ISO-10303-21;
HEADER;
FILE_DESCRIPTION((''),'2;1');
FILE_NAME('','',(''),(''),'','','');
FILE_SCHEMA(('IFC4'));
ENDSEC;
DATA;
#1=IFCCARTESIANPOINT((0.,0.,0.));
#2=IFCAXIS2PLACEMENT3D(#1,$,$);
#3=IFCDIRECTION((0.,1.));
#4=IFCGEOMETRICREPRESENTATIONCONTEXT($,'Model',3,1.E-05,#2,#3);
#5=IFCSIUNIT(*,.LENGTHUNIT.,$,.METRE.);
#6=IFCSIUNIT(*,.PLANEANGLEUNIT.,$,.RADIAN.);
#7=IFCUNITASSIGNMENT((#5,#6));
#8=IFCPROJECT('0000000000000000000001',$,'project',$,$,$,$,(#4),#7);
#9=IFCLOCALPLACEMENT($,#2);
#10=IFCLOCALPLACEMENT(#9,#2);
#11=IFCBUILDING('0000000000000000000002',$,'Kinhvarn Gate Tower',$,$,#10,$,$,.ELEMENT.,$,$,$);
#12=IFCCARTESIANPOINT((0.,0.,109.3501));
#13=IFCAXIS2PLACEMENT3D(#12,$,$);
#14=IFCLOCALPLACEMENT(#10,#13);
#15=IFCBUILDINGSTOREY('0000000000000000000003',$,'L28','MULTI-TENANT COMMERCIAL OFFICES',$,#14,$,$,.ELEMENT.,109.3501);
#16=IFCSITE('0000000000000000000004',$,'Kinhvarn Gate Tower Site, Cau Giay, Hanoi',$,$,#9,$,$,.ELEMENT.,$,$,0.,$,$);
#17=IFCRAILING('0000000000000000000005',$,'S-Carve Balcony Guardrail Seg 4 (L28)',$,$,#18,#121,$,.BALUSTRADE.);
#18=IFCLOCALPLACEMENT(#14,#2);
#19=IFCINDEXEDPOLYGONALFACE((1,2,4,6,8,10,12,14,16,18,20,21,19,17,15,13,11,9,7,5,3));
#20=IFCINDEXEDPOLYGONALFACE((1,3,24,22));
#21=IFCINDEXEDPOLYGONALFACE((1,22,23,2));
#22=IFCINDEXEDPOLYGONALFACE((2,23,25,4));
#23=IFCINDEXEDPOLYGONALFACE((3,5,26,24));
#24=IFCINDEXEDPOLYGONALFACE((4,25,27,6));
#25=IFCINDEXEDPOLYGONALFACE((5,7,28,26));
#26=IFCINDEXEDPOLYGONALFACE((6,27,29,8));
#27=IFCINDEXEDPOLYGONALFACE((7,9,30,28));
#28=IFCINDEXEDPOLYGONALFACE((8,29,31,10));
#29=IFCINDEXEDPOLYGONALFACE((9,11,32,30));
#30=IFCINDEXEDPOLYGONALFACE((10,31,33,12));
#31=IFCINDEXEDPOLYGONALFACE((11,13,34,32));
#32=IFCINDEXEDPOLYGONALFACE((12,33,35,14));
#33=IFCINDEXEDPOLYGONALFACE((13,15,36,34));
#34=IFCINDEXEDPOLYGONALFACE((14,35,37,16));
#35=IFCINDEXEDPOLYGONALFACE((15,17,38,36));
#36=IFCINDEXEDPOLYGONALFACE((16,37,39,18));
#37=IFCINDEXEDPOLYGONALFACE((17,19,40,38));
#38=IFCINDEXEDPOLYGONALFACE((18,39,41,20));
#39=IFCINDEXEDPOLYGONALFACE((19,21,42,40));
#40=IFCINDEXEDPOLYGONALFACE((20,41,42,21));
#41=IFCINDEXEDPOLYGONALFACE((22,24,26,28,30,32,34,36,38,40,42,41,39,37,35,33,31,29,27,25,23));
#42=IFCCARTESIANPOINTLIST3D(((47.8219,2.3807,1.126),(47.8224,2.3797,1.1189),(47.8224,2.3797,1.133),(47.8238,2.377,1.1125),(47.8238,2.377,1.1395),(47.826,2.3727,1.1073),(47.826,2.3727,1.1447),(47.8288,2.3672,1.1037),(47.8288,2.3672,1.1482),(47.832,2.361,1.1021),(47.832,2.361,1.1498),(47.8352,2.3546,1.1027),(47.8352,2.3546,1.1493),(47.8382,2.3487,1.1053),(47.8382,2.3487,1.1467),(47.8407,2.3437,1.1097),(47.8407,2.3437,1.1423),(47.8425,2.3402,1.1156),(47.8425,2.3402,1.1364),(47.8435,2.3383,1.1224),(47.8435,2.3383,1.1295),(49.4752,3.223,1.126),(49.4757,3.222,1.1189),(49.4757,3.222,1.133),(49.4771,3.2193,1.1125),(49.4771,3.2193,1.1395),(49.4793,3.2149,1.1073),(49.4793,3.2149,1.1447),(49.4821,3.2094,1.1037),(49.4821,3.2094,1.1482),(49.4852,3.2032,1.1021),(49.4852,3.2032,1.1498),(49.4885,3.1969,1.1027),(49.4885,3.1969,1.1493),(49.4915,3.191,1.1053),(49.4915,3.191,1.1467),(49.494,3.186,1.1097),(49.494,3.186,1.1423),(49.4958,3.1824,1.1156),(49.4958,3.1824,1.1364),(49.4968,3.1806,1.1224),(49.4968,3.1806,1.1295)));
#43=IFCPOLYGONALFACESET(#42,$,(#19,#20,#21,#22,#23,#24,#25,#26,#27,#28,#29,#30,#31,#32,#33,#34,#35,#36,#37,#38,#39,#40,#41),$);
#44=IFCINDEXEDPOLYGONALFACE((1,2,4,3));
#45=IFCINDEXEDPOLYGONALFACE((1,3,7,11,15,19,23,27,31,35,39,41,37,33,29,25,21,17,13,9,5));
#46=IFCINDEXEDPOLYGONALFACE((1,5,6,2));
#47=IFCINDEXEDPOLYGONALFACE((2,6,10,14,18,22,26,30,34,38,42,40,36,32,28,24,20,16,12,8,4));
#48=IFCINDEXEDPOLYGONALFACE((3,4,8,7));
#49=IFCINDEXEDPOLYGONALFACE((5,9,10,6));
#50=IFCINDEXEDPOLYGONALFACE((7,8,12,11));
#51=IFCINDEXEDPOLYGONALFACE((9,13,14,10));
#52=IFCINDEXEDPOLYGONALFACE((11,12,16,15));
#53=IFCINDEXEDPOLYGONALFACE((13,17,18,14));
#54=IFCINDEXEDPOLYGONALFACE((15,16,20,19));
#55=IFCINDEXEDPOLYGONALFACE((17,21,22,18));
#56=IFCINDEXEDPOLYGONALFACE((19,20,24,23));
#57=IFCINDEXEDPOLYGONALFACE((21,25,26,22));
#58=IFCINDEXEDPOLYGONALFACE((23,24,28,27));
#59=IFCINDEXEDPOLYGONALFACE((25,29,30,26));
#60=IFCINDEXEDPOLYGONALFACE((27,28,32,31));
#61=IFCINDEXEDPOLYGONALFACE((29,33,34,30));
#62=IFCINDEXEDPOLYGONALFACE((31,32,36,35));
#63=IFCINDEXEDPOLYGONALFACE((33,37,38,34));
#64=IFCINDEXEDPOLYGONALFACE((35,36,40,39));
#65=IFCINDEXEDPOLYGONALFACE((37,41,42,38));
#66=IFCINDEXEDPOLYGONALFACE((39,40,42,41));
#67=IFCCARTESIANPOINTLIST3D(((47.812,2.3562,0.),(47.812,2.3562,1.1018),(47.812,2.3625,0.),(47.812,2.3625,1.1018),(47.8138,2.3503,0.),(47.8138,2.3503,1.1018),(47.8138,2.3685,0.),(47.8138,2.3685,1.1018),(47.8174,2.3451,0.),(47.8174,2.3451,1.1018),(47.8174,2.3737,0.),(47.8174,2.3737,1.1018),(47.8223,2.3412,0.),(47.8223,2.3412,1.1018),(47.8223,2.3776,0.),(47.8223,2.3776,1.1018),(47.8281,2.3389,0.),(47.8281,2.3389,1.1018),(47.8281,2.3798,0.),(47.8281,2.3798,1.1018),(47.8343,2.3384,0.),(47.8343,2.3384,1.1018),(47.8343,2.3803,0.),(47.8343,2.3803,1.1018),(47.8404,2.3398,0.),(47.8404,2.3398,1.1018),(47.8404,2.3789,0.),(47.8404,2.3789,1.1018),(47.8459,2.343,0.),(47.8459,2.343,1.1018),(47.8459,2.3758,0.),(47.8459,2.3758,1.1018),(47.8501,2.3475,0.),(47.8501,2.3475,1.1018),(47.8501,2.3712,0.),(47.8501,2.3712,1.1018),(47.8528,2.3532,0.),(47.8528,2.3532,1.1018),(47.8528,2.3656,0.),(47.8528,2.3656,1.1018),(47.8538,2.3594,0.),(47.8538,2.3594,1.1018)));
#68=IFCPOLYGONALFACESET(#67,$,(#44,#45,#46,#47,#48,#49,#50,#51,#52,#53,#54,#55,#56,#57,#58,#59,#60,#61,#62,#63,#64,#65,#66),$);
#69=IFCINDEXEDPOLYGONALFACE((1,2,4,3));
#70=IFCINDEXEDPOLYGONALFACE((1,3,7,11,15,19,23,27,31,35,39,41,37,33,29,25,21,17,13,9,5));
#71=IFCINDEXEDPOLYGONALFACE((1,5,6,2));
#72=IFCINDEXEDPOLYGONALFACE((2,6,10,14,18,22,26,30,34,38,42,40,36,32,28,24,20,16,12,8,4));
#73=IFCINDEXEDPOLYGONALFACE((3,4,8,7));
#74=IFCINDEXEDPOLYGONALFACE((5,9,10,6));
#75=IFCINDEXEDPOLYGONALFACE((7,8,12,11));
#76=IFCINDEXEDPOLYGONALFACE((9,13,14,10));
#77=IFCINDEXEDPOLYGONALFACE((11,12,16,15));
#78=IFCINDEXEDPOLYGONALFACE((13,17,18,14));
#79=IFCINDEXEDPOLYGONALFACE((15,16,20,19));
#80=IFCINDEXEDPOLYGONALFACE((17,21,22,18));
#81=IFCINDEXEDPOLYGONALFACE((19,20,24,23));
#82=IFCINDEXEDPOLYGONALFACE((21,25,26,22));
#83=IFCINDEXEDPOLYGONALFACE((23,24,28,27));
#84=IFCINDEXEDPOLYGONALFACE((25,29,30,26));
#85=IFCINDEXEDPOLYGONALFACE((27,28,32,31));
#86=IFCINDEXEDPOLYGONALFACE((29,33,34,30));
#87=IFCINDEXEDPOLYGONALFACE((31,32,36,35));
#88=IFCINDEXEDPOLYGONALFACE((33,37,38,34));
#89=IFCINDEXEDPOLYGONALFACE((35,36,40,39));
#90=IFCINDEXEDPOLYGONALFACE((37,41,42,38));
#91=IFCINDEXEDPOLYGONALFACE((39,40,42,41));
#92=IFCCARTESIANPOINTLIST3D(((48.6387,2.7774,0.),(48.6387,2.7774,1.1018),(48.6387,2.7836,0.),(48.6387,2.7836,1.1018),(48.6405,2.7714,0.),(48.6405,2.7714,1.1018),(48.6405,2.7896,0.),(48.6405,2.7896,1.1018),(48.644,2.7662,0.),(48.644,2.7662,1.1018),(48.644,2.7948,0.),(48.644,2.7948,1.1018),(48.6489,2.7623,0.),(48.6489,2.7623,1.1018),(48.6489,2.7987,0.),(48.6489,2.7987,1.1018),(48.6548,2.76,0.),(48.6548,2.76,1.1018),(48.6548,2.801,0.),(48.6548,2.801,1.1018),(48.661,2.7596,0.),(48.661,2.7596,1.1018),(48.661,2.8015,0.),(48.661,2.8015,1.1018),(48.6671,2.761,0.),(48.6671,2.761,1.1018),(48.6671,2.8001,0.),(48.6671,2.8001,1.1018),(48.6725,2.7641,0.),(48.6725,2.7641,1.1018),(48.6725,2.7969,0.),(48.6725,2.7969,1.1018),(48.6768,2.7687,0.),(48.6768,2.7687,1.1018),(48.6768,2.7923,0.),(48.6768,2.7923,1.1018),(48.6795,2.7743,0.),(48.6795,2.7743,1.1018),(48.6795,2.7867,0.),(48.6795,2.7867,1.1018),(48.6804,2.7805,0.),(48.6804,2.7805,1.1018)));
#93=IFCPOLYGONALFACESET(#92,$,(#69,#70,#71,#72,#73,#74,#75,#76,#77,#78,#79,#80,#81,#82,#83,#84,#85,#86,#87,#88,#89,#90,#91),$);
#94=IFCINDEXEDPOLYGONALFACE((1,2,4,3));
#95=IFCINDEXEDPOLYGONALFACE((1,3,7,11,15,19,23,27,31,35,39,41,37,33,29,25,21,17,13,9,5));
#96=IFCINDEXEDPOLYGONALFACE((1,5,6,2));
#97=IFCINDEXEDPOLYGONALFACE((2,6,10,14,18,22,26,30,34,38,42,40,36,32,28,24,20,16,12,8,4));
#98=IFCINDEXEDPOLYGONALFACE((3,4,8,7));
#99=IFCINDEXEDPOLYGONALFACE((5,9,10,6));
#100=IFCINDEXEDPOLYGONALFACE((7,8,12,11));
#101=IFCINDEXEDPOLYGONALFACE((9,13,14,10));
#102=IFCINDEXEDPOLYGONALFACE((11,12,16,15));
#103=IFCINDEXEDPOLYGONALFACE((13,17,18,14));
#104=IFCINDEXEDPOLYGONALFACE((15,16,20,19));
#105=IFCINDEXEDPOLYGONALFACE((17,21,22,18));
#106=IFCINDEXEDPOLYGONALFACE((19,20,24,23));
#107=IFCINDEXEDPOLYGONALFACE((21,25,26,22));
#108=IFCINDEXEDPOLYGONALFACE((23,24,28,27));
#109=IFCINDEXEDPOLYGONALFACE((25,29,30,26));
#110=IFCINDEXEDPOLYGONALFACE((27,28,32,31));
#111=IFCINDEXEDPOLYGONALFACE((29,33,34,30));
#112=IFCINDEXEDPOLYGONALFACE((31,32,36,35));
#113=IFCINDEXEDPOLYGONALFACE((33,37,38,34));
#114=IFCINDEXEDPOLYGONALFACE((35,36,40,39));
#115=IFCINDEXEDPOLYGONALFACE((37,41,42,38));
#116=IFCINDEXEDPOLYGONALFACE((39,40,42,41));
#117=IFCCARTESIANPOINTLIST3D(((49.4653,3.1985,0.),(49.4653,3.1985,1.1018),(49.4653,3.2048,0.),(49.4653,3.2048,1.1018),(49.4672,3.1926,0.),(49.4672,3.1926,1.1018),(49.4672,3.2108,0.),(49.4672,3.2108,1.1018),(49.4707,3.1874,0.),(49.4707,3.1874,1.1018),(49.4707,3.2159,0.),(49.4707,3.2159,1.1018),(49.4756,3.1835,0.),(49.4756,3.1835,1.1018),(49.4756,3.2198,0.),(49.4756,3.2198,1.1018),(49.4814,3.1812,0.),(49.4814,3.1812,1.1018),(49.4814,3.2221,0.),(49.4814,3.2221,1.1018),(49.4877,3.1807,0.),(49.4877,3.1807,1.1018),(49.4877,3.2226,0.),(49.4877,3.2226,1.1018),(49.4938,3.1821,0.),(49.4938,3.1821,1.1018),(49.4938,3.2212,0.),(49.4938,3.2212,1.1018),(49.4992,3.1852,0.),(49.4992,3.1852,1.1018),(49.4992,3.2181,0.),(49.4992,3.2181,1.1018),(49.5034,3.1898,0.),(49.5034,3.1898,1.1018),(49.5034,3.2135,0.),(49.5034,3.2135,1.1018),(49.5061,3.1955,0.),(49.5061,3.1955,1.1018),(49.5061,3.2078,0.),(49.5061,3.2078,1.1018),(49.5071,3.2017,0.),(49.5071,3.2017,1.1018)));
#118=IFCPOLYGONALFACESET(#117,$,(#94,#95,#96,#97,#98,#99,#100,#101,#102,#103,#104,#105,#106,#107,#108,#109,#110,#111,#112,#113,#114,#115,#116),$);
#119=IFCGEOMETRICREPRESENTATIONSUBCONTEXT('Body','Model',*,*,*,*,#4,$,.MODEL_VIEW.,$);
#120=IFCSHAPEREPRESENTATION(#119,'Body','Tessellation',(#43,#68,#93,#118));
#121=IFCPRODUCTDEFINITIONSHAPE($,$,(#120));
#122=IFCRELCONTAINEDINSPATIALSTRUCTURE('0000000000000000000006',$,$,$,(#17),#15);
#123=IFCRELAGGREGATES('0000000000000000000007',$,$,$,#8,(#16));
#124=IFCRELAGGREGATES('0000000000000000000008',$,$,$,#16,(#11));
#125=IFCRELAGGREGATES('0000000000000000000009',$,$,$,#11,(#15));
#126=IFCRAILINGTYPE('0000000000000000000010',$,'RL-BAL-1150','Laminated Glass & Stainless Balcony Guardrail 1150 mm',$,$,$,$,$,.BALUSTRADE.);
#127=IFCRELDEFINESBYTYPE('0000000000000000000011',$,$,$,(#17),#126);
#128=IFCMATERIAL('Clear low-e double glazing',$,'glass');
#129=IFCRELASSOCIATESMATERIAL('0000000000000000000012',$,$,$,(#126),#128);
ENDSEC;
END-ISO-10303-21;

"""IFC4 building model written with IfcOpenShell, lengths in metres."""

from ifc_helpers import new_model, si_unit, direction, frame, origin, origin_2d, place, context, subcontext, project, spatial, circle, extrude, material, type_object, element, save


model = new_model("IFC4")

# Units and contexts
model_context = context("Model", 3, precision=1e-05, world=origin(), true_north=direction((0.0, 1.0)))
body_context = subcontext(model_context, "Body", "Model", "MODEL_VIEW")
ifc_project = project(units=[si_unit("LENGTHUNIT", "METRE"), si_unit("PLANEANGLEUNIT", "RADIAN")], contexts=[model_context])

# Site, building, storey
site_placement = place(None, origin())
site = spatial("IfcSite", under=ifc_project, at=site_placement, Name="Kinhvarn Gate Tower Site, Cau Giay, Hanoi", CompositionType="ELEMENT", RefElevation=0.0)
building_placement = place(site_placement, origin())
building = spatial("IfcBuilding", under=site, at=building_placement, Name="Kinhvarn Gate Tower", CompositionType="ELEMENT")
storey_placement = place(building_placement, frame((0.0, 0.0, 109.3501)))
storey = spatial("IfcBuildingStorey", under=building, at=storey_placement, Name="L28", Description="MULTI-TENANT COMMERCIAL OFFICES", CompositionType="ELEMENT", Elevation=109.3501)

# Shared definitions
ifc_material_1 = material(Name="Clear low-e double glazing", Category="glass")

# Railing
railing_type = type_object("IfcRailingType", Name="RL-BAL-1150", Description="Laminated Glass & Stainless Balcony Guardrail 1150 mm", PredefinedType="BALUSTRADE", material=ifc_material_1)
railing_1_placement = place(storey_placement, frame((47.8328, 2.3594, 0.0)))
element("IfcRailing", 1, at=railing_1_placement, inside=storey, type_object=railing_type, Name="S-Carve Balcony Guardrail Seg 4 (L28)", PredefinedType="BALUSTRADE", context=body_context, shape_type="SweptSolid", body=[
    extrude(circle(Radius=0.0239, at=origin_2d()), frame((0.0, 0.0, 1.126), z_axis=(0.891033, 0.453938, 0.0), x_axis=(-0.453938, 0.891033, 0.0)), (0.0, 0.0, 1.0), 1.8555),
    extrude(circle(Radius=0.021, at=origin_2d()), origin(), (0.0, 0.0, 1.0), 1.1018),
    extrude(circle(Radius=0.021, at=origin_2d()), frame((0.8267, 0.4211, 0.0)), (0.0, 0.0, 1.0), 1.1018),
    extrude(circle(Radius=0.021, at=origin_2d()), frame((1.6533, 0.8423, 0.0)), (0.0, 0.0, 1.0), 1.1018),
])

save(model, "model.ifc")
